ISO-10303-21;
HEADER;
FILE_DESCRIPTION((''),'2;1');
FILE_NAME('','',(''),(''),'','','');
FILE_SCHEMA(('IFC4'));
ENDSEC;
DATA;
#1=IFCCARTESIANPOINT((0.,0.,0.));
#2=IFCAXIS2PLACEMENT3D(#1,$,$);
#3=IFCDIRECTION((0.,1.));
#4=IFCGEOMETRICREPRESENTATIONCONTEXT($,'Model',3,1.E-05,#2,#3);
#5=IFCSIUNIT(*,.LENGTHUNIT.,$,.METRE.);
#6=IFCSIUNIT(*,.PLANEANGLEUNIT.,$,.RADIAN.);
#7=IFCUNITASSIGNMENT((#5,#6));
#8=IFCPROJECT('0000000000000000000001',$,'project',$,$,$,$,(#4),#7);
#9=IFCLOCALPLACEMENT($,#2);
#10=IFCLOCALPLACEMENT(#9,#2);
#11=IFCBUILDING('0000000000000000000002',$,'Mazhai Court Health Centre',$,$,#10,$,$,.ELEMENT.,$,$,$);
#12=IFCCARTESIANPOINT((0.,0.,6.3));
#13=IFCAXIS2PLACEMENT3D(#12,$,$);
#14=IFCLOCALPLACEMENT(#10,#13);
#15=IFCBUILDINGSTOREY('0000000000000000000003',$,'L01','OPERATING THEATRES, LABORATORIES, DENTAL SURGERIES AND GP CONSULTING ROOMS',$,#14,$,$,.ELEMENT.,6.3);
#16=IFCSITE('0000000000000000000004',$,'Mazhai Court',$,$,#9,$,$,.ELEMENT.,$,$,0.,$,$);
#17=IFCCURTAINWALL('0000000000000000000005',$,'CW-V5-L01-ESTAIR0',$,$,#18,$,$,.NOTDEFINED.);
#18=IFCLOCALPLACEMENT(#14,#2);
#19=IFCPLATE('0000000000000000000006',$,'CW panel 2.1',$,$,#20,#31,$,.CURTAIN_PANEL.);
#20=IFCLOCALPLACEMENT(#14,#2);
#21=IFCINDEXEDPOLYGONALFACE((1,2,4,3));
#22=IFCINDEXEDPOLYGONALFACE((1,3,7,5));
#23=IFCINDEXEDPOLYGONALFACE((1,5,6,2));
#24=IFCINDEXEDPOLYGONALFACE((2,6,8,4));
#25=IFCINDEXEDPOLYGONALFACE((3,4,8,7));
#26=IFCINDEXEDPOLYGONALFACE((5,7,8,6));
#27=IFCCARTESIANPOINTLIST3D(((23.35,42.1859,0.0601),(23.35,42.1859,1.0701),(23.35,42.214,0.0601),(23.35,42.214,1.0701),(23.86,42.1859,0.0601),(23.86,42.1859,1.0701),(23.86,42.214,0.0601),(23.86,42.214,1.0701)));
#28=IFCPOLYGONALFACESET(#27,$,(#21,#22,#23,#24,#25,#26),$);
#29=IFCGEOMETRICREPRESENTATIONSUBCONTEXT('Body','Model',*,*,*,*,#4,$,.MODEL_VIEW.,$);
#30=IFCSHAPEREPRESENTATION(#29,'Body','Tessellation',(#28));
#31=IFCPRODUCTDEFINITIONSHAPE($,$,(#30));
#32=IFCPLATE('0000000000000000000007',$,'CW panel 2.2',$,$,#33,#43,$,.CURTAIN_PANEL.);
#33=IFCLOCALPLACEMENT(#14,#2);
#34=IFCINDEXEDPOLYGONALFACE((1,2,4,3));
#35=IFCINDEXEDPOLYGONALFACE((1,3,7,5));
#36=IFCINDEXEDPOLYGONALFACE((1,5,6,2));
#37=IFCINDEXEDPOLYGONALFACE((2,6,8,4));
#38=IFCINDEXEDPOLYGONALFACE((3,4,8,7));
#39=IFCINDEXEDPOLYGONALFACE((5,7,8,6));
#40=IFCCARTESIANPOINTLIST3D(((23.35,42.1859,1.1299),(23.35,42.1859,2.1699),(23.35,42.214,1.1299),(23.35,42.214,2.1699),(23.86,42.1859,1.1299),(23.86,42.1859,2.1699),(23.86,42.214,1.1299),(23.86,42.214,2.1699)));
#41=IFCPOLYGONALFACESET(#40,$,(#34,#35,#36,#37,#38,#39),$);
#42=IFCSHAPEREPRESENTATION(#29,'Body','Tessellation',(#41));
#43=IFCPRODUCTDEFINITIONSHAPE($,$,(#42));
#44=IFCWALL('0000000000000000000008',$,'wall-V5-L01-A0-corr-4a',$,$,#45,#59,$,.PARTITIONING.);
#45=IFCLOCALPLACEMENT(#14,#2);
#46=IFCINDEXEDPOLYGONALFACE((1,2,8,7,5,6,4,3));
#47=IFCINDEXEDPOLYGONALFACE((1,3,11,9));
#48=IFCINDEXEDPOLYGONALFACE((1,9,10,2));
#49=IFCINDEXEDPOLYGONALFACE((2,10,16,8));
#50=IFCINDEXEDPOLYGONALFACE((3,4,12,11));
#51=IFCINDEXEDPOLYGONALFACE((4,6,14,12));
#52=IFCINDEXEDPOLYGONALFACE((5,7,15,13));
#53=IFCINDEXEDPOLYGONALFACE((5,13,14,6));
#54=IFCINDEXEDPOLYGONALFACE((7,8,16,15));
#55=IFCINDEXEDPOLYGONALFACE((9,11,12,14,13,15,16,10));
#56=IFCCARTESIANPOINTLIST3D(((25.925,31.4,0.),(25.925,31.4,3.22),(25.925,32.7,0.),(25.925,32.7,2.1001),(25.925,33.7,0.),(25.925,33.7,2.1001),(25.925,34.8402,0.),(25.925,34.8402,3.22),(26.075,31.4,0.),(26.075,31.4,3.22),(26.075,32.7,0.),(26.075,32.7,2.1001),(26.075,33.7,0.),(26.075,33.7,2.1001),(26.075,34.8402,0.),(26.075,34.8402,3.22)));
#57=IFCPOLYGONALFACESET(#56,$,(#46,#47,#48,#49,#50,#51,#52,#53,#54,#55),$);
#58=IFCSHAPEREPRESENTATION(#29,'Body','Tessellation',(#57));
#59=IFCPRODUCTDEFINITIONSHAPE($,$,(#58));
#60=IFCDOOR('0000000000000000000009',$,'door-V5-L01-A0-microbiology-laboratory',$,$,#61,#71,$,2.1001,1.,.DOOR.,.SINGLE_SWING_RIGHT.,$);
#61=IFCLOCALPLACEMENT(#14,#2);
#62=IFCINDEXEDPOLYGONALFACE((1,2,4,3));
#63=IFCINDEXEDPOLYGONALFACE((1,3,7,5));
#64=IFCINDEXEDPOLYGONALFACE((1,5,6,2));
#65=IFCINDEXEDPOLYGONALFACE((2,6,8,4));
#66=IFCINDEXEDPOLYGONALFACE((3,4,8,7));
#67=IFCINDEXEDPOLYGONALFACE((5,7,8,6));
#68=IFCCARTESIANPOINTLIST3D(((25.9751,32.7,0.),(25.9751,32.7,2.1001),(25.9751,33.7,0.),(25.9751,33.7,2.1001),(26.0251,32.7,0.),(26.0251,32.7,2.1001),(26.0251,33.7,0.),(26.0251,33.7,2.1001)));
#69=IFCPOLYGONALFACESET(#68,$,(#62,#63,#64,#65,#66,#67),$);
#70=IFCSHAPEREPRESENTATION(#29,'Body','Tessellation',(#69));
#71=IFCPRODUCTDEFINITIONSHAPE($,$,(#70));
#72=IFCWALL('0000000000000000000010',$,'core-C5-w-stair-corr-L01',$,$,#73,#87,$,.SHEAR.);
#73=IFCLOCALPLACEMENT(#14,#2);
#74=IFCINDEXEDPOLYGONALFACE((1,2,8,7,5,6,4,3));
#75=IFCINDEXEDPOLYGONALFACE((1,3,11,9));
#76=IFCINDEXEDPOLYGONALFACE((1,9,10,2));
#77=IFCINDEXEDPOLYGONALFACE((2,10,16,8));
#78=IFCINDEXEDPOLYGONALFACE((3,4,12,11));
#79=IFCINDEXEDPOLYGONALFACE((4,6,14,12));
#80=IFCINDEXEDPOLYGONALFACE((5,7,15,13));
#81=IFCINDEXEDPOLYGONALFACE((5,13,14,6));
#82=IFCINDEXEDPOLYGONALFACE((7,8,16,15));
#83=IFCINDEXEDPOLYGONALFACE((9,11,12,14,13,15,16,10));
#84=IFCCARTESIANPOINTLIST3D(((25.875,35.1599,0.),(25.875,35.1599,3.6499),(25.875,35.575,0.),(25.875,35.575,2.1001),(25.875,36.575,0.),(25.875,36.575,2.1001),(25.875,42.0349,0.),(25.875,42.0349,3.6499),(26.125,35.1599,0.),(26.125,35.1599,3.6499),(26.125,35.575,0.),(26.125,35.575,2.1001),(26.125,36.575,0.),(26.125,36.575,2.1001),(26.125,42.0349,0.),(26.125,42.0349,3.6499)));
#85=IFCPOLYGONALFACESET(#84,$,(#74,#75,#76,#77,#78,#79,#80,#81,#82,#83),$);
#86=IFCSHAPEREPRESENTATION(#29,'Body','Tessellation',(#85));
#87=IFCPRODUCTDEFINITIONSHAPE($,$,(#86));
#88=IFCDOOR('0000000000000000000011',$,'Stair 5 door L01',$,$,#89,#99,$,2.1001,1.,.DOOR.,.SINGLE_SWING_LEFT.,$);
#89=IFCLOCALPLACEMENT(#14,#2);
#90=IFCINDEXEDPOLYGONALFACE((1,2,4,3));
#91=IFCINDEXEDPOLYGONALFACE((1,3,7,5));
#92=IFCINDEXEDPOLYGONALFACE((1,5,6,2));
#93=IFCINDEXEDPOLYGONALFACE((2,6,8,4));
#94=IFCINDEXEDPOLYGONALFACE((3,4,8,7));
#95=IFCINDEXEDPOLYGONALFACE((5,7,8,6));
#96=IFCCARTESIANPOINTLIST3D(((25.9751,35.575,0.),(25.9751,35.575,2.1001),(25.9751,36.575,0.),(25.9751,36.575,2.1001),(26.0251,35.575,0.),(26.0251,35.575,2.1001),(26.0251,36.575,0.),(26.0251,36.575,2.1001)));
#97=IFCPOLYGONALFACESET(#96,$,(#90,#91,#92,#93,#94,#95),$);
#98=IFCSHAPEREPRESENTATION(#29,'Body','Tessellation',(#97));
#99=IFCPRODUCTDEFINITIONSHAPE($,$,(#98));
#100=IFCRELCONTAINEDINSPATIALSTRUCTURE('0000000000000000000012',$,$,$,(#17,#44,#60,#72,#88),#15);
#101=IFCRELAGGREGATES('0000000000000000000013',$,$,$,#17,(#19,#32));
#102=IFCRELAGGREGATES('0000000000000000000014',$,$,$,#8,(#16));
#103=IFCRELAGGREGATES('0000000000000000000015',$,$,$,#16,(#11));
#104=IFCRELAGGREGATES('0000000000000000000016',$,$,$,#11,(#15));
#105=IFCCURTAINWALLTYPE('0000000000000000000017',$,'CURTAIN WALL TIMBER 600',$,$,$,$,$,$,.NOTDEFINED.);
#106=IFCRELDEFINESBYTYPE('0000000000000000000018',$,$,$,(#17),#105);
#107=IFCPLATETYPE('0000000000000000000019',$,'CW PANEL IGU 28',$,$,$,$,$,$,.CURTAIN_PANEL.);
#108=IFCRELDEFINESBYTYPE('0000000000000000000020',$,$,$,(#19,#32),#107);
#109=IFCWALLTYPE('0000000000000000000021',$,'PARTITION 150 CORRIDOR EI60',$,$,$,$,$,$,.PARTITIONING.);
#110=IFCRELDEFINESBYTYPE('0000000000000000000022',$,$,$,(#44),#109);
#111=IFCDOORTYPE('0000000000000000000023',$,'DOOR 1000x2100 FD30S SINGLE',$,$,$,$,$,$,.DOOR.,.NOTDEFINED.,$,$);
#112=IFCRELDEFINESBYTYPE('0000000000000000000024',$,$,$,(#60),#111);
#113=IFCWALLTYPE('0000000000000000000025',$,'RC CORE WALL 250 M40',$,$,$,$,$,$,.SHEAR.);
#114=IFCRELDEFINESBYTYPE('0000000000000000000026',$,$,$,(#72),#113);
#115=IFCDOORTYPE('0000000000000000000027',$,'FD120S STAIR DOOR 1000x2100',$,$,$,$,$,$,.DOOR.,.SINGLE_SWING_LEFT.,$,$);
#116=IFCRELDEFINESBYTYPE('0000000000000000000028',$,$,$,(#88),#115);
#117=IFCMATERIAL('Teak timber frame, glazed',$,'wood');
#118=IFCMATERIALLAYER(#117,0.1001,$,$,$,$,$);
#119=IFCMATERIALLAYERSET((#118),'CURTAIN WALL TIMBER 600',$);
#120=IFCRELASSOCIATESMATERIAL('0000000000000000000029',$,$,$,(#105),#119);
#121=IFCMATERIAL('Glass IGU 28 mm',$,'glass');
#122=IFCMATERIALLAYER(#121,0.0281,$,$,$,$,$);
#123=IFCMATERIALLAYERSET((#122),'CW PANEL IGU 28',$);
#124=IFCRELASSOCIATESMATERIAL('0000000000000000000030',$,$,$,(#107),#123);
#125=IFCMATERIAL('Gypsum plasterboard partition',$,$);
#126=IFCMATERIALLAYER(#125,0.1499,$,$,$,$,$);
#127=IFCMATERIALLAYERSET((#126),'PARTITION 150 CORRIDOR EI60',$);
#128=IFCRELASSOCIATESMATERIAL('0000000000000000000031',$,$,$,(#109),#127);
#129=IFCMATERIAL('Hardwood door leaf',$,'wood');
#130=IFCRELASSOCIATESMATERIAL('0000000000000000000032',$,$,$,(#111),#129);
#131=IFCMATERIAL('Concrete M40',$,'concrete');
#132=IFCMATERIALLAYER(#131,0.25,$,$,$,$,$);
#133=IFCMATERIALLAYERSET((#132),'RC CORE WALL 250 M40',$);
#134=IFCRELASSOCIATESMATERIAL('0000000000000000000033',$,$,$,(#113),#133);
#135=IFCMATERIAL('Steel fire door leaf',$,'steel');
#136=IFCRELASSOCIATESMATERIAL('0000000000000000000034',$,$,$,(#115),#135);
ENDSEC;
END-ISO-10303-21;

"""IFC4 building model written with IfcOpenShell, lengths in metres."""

from ifc_helpers import new_model, si_unit, direction, frame, frame_2d, origin, origin_2d, place, context, subcontext, project, spatial, rectangle, extrude, material, layer, layer_set, type_object, element, fill, aggregate, save


model = new_model("IFC4")

# Units and contexts
model_context = context("Model", 3, precision=1e-05, world=origin(), true_north=direction((0.0, 1.0)))
body_context = subcontext(model_context, "Body", "Model", "MODEL_VIEW")
ifc_project = project(units=[si_unit("LENGTHUNIT", "METRE"), si_unit("PLANEANGLEUNIT", "RADIAN")], contexts=[model_context])

# Site, building, storey
site_placement = place(None, origin())
site = spatial("IfcSite", under=ifc_project, at=site_placement, Name="Mazhai Court", CompositionType="ELEMENT", RefElevation=0.0)
building_placement = place(site_placement, origin())
building = spatial("IfcBuilding", under=site, at=building_placement, Name="Mazhai Court Health Centre", CompositionType="ELEMENT")
storey_placement = place(building_placement, frame((0.0, 0.0, 6.3)))
storey = spatial("IfcBuildingStorey", under=building, at=storey_placement, Name="L01", Description="OPERATING THEATRES, LABORATORIES, DENTAL SURGERIES AND GP CONSULTING ROOMS", CompositionType="ELEMENT", Elevation=6.3)

# Curtain wall, plates
ifc_material_1 = material(Name="Teak timber frame, glazed", Category="wood")
ifc_layer_1 = layer(ifc_material_1, 0.1001)
ifc_layer_set_1 = layer_set([ifc_layer_1], Name="CURTAIN WALL TIMBER 600")
curtain_wall_type = type_object("IfcCurtainWallType", Name="CURTAIN WALL TIMBER 600", PredefinedType="NOTDEFINED", material=ifc_layer_set_1)
curtain_wall_placement = place(storey_placement, origin())
curtain_wall = element("IfcCurtainWall", 1, at=curtain_wall_placement, inside=storey, type_object=curtain_wall_type, Name="CW-V5-L01-ESTAIR0", PredefinedType="NOTDEFINED")
ifc_material_2 = material(Name="Glass IGU 28 mm", Category="glass")
ifc_layer_2 = layer(ifc_material_2, 0.0281)
ifc_layer_set_2 = layer_set([ifc_layer_2], Name="CW PANEL IGU 28")
plate_type = type_object("IfcPlateType", Name="CW PANEL IGU 28", PredefinedType="CURTAIN_PANEL", material=ifc_layer_set_2)
plate_1_placement = place(storey_placement, frame((23.605, 42.2, 0.0601), z_axis=(0.0, 0.0, 1.0), x_axis=(1.0, 0.0, 0.0)))
plate_1 = element("IfcPlate", 2, at=plate_1_placement, type_object=plate_type, Name="CW panel 2.1", PredefinedType="CURTAIN_PANEL", context=body_context, shape_type="SweptSolid", body=[
    extrude(rectangle(XDim=0.51, YDim=0.0281, at=origin_2d()), origin(), (0.0, 0.0, 1.0), 1.01),
])
plate_2_placement = place(storey_placement, frame((23.605, 42.2, 1.1299), z_axis=(0.0, 0.0, 1.0), x_axis=(1.0, 0.0, 0.0)))
plate_2 = element("IfcPlate", 3, at=plate_2_placement, type_object=plate_type, Name="CW panel 2.2", PredefinedType="CURTAIN_PANEL", context=body_context, shape_type="SweptSolid", body=[
    extrude(rectangle(XDim=0.51, YDim=0.0281, at=origin_2d()), origin(), (0.0, 0.0, 1.0), 1.04),
])
aggregate(curtain_wall, [plate_1, plate_2])

# Walls, openings, doors
ifc_material_3 = material(Name="Gypsum plasterboard partition")
ifc_layer_3 = layer(ifc_material_3, 0.1499)
ifc_layer_set_3 = layer_set([ifc_layer_3], Name="PARTITION 150 CORRIDOR EI60")
wall_type_1 = type_object("IfcWallType", Name="PARTITION 150 CORRIDOR EI60", PredefinedType="PARTITIONING", material=ifc_layer_set_3)
wall_1_placement = place(storey_placement, frame((26.0, 31.3999, 0.0), z_axis=(0.0, 0.0, 1.0), x_axis=(0.0, 1.0, 0.0)))
wall_1 = element("IfcWall", 4, at=wall_1_placement, inside=storey, type_object=wall_type_1, Name="wall-V5-L01-A0-corr-4a", PredefinedType="PARTITIONING", context=body_context, shape_type="SweptSolid", body=[
    extrude(rectangle(XDim=3.4402, YDim=0.1499, at=frame_2d((1.7202, 0.0))), origin(), (0.0, 0.0, 1.0), 3.22),
])
opening_1_placement = place(wall_1_placement, frame((1.3, 0.0, 0.0)))
opening_1 = element("IfcOpeningElement", 5, at=opening_1_placement, cuts=wall_1, PredefinedType="OPENING", context=body_context, shape_type="SweptSolid", body=[
    extrude(rectangle(XDim=1.0, YDim=2.1001, at=frame_2d((0.5, 1.05))), frame((0.0, 0.085, 0.0), z_axis=(0.0, -1.0, 0.0), x_axis=(1.0, 0.0, 0.0)), (0.0, 0.0, 1.0), 0.1699),
])
ifc_material_4 = material(Name="Hardwood door leaf", Category="wood")
door_type_1 = type_object("IfcDoorType", Name="DOOR 1000x2100 FD30S SINGLE", OperationType="NOTDEFINED", PredefinedType="DOOR", material=ifc_material_4)
door_1_placement = place(opening_1_placement, origin())
door_1 = element("IfcDoor", 6, at=door_1_placement, inside=storey, type_object=door_type_1, Name="door-V5-L01-A0-microbiology-laboratory", OperationType="SINGLE_SWING_RIGHT", OverallHeight=2.1001, OverallWidth=1.0, PredefinedType="DOOR", context=body_context, shape_type="SweptSolid", body=[
    extrude(rectangle(XDim=1.0, YDim=2.1001, at=frame_2d((0.5, 1.05))), frame((0.0, 0.0249, 0.0), z_axis=(0.0, -1.0, 0.0), x_axis=(1.0, 0.0, 0.0)), (0.0, 0.0, 1.0), 0.05),
])
fill(opening_1, door_1)
ifc_material_5 = material(Name="Concrete M40", Category="concrete")
ifc_layer_4 = layer(ifc_material_5, 0.25)
ifc_layer_set_4 = layer_set([ifc_layer_4], Name="RC CORE WALL 250 M40")
wall_type_2 = type_object("IfcWallType", Name="RC CORE WALL 250 M40", PredefinedType="SHEAR", material=ifc_layer_set_4)
wall_2_placement = place(storey_placement, frame((26.0, 35.1599, 0.0), z_axis=(0.0, 0.0, 1.0), x_axis=(0.0, 1.0, 0.0)))
wall_2 = element("IfcWall", 7, at=wall_2_placement, inside=storey, type_object=wall_type_2, Name="core-C5-w-stair-corr-L01", PredefinedType="SHEAR", context=body_context, shape_type="SweptSolid", body=[
    extrude(rectangle(XDim=6.875, YDim=0.25, at=frame_2d((3.4375, 0.0))), origin(), (0.0, 0.0, 1.0), 3.6499),
])
opening_2_placement = place(wall_2_placement, frame((0.415, 0.0, 0.0)))
opening_2 = element("IfcOpeningElement", 8, at=opening_2_placement, cuts=wall_2, PredefinedType="OPENING", context=body_context, shape_type="SweptSolid", body=[
    extrude(rectangle(XDim=1.0, YDim=2.1001, at=frame_2d((0.5, 1.05))), frame((0.0, 0.135, 0.0), z_axis=(0.0, -1.0, 0.0), x_axis=(1.0, 0.0, 0.0)), (0.0, 0.0, 1.0), 0.27),
])
ifc_material_6 = material(Name="Steel fire door leaf", Category="steel")
door_type_2 = type_object("IfcDoorType", Name="FD120S STAIR DOOR 1000x2100", OperationType="SINGLE_SWING_LEFT", PredefinedType="DOOR", material=ifc_material_6)
door_2_placement = place(opening_2_placement, origin())
door_2 = element("IfcDoor", 9, at=door_2_placement, inside=storey, type_object=door_type_2, Name="Stair 5 door L01", OperationType="SINGLE_SWING_LEFT", OverallHeight=2.1001, OverallWidth=1.0, PredefinedType="DOOR", context=body_context, shape_type="SweptSolid", body=[
    extrude(rectangle(XDim=1.0, YDim=2.1001, at=frame_2d((0.5, 1.05))), frame((0.0, 0.0249, 0.0), z_axis=(0.0, -1.0, 0.0), x_axis=(1.0, 0.0, 0.0)), (0.0, 0.0, 1.0), 0.05),
])
fill(opening_2, door_2)

save(model, "model.ifc")
